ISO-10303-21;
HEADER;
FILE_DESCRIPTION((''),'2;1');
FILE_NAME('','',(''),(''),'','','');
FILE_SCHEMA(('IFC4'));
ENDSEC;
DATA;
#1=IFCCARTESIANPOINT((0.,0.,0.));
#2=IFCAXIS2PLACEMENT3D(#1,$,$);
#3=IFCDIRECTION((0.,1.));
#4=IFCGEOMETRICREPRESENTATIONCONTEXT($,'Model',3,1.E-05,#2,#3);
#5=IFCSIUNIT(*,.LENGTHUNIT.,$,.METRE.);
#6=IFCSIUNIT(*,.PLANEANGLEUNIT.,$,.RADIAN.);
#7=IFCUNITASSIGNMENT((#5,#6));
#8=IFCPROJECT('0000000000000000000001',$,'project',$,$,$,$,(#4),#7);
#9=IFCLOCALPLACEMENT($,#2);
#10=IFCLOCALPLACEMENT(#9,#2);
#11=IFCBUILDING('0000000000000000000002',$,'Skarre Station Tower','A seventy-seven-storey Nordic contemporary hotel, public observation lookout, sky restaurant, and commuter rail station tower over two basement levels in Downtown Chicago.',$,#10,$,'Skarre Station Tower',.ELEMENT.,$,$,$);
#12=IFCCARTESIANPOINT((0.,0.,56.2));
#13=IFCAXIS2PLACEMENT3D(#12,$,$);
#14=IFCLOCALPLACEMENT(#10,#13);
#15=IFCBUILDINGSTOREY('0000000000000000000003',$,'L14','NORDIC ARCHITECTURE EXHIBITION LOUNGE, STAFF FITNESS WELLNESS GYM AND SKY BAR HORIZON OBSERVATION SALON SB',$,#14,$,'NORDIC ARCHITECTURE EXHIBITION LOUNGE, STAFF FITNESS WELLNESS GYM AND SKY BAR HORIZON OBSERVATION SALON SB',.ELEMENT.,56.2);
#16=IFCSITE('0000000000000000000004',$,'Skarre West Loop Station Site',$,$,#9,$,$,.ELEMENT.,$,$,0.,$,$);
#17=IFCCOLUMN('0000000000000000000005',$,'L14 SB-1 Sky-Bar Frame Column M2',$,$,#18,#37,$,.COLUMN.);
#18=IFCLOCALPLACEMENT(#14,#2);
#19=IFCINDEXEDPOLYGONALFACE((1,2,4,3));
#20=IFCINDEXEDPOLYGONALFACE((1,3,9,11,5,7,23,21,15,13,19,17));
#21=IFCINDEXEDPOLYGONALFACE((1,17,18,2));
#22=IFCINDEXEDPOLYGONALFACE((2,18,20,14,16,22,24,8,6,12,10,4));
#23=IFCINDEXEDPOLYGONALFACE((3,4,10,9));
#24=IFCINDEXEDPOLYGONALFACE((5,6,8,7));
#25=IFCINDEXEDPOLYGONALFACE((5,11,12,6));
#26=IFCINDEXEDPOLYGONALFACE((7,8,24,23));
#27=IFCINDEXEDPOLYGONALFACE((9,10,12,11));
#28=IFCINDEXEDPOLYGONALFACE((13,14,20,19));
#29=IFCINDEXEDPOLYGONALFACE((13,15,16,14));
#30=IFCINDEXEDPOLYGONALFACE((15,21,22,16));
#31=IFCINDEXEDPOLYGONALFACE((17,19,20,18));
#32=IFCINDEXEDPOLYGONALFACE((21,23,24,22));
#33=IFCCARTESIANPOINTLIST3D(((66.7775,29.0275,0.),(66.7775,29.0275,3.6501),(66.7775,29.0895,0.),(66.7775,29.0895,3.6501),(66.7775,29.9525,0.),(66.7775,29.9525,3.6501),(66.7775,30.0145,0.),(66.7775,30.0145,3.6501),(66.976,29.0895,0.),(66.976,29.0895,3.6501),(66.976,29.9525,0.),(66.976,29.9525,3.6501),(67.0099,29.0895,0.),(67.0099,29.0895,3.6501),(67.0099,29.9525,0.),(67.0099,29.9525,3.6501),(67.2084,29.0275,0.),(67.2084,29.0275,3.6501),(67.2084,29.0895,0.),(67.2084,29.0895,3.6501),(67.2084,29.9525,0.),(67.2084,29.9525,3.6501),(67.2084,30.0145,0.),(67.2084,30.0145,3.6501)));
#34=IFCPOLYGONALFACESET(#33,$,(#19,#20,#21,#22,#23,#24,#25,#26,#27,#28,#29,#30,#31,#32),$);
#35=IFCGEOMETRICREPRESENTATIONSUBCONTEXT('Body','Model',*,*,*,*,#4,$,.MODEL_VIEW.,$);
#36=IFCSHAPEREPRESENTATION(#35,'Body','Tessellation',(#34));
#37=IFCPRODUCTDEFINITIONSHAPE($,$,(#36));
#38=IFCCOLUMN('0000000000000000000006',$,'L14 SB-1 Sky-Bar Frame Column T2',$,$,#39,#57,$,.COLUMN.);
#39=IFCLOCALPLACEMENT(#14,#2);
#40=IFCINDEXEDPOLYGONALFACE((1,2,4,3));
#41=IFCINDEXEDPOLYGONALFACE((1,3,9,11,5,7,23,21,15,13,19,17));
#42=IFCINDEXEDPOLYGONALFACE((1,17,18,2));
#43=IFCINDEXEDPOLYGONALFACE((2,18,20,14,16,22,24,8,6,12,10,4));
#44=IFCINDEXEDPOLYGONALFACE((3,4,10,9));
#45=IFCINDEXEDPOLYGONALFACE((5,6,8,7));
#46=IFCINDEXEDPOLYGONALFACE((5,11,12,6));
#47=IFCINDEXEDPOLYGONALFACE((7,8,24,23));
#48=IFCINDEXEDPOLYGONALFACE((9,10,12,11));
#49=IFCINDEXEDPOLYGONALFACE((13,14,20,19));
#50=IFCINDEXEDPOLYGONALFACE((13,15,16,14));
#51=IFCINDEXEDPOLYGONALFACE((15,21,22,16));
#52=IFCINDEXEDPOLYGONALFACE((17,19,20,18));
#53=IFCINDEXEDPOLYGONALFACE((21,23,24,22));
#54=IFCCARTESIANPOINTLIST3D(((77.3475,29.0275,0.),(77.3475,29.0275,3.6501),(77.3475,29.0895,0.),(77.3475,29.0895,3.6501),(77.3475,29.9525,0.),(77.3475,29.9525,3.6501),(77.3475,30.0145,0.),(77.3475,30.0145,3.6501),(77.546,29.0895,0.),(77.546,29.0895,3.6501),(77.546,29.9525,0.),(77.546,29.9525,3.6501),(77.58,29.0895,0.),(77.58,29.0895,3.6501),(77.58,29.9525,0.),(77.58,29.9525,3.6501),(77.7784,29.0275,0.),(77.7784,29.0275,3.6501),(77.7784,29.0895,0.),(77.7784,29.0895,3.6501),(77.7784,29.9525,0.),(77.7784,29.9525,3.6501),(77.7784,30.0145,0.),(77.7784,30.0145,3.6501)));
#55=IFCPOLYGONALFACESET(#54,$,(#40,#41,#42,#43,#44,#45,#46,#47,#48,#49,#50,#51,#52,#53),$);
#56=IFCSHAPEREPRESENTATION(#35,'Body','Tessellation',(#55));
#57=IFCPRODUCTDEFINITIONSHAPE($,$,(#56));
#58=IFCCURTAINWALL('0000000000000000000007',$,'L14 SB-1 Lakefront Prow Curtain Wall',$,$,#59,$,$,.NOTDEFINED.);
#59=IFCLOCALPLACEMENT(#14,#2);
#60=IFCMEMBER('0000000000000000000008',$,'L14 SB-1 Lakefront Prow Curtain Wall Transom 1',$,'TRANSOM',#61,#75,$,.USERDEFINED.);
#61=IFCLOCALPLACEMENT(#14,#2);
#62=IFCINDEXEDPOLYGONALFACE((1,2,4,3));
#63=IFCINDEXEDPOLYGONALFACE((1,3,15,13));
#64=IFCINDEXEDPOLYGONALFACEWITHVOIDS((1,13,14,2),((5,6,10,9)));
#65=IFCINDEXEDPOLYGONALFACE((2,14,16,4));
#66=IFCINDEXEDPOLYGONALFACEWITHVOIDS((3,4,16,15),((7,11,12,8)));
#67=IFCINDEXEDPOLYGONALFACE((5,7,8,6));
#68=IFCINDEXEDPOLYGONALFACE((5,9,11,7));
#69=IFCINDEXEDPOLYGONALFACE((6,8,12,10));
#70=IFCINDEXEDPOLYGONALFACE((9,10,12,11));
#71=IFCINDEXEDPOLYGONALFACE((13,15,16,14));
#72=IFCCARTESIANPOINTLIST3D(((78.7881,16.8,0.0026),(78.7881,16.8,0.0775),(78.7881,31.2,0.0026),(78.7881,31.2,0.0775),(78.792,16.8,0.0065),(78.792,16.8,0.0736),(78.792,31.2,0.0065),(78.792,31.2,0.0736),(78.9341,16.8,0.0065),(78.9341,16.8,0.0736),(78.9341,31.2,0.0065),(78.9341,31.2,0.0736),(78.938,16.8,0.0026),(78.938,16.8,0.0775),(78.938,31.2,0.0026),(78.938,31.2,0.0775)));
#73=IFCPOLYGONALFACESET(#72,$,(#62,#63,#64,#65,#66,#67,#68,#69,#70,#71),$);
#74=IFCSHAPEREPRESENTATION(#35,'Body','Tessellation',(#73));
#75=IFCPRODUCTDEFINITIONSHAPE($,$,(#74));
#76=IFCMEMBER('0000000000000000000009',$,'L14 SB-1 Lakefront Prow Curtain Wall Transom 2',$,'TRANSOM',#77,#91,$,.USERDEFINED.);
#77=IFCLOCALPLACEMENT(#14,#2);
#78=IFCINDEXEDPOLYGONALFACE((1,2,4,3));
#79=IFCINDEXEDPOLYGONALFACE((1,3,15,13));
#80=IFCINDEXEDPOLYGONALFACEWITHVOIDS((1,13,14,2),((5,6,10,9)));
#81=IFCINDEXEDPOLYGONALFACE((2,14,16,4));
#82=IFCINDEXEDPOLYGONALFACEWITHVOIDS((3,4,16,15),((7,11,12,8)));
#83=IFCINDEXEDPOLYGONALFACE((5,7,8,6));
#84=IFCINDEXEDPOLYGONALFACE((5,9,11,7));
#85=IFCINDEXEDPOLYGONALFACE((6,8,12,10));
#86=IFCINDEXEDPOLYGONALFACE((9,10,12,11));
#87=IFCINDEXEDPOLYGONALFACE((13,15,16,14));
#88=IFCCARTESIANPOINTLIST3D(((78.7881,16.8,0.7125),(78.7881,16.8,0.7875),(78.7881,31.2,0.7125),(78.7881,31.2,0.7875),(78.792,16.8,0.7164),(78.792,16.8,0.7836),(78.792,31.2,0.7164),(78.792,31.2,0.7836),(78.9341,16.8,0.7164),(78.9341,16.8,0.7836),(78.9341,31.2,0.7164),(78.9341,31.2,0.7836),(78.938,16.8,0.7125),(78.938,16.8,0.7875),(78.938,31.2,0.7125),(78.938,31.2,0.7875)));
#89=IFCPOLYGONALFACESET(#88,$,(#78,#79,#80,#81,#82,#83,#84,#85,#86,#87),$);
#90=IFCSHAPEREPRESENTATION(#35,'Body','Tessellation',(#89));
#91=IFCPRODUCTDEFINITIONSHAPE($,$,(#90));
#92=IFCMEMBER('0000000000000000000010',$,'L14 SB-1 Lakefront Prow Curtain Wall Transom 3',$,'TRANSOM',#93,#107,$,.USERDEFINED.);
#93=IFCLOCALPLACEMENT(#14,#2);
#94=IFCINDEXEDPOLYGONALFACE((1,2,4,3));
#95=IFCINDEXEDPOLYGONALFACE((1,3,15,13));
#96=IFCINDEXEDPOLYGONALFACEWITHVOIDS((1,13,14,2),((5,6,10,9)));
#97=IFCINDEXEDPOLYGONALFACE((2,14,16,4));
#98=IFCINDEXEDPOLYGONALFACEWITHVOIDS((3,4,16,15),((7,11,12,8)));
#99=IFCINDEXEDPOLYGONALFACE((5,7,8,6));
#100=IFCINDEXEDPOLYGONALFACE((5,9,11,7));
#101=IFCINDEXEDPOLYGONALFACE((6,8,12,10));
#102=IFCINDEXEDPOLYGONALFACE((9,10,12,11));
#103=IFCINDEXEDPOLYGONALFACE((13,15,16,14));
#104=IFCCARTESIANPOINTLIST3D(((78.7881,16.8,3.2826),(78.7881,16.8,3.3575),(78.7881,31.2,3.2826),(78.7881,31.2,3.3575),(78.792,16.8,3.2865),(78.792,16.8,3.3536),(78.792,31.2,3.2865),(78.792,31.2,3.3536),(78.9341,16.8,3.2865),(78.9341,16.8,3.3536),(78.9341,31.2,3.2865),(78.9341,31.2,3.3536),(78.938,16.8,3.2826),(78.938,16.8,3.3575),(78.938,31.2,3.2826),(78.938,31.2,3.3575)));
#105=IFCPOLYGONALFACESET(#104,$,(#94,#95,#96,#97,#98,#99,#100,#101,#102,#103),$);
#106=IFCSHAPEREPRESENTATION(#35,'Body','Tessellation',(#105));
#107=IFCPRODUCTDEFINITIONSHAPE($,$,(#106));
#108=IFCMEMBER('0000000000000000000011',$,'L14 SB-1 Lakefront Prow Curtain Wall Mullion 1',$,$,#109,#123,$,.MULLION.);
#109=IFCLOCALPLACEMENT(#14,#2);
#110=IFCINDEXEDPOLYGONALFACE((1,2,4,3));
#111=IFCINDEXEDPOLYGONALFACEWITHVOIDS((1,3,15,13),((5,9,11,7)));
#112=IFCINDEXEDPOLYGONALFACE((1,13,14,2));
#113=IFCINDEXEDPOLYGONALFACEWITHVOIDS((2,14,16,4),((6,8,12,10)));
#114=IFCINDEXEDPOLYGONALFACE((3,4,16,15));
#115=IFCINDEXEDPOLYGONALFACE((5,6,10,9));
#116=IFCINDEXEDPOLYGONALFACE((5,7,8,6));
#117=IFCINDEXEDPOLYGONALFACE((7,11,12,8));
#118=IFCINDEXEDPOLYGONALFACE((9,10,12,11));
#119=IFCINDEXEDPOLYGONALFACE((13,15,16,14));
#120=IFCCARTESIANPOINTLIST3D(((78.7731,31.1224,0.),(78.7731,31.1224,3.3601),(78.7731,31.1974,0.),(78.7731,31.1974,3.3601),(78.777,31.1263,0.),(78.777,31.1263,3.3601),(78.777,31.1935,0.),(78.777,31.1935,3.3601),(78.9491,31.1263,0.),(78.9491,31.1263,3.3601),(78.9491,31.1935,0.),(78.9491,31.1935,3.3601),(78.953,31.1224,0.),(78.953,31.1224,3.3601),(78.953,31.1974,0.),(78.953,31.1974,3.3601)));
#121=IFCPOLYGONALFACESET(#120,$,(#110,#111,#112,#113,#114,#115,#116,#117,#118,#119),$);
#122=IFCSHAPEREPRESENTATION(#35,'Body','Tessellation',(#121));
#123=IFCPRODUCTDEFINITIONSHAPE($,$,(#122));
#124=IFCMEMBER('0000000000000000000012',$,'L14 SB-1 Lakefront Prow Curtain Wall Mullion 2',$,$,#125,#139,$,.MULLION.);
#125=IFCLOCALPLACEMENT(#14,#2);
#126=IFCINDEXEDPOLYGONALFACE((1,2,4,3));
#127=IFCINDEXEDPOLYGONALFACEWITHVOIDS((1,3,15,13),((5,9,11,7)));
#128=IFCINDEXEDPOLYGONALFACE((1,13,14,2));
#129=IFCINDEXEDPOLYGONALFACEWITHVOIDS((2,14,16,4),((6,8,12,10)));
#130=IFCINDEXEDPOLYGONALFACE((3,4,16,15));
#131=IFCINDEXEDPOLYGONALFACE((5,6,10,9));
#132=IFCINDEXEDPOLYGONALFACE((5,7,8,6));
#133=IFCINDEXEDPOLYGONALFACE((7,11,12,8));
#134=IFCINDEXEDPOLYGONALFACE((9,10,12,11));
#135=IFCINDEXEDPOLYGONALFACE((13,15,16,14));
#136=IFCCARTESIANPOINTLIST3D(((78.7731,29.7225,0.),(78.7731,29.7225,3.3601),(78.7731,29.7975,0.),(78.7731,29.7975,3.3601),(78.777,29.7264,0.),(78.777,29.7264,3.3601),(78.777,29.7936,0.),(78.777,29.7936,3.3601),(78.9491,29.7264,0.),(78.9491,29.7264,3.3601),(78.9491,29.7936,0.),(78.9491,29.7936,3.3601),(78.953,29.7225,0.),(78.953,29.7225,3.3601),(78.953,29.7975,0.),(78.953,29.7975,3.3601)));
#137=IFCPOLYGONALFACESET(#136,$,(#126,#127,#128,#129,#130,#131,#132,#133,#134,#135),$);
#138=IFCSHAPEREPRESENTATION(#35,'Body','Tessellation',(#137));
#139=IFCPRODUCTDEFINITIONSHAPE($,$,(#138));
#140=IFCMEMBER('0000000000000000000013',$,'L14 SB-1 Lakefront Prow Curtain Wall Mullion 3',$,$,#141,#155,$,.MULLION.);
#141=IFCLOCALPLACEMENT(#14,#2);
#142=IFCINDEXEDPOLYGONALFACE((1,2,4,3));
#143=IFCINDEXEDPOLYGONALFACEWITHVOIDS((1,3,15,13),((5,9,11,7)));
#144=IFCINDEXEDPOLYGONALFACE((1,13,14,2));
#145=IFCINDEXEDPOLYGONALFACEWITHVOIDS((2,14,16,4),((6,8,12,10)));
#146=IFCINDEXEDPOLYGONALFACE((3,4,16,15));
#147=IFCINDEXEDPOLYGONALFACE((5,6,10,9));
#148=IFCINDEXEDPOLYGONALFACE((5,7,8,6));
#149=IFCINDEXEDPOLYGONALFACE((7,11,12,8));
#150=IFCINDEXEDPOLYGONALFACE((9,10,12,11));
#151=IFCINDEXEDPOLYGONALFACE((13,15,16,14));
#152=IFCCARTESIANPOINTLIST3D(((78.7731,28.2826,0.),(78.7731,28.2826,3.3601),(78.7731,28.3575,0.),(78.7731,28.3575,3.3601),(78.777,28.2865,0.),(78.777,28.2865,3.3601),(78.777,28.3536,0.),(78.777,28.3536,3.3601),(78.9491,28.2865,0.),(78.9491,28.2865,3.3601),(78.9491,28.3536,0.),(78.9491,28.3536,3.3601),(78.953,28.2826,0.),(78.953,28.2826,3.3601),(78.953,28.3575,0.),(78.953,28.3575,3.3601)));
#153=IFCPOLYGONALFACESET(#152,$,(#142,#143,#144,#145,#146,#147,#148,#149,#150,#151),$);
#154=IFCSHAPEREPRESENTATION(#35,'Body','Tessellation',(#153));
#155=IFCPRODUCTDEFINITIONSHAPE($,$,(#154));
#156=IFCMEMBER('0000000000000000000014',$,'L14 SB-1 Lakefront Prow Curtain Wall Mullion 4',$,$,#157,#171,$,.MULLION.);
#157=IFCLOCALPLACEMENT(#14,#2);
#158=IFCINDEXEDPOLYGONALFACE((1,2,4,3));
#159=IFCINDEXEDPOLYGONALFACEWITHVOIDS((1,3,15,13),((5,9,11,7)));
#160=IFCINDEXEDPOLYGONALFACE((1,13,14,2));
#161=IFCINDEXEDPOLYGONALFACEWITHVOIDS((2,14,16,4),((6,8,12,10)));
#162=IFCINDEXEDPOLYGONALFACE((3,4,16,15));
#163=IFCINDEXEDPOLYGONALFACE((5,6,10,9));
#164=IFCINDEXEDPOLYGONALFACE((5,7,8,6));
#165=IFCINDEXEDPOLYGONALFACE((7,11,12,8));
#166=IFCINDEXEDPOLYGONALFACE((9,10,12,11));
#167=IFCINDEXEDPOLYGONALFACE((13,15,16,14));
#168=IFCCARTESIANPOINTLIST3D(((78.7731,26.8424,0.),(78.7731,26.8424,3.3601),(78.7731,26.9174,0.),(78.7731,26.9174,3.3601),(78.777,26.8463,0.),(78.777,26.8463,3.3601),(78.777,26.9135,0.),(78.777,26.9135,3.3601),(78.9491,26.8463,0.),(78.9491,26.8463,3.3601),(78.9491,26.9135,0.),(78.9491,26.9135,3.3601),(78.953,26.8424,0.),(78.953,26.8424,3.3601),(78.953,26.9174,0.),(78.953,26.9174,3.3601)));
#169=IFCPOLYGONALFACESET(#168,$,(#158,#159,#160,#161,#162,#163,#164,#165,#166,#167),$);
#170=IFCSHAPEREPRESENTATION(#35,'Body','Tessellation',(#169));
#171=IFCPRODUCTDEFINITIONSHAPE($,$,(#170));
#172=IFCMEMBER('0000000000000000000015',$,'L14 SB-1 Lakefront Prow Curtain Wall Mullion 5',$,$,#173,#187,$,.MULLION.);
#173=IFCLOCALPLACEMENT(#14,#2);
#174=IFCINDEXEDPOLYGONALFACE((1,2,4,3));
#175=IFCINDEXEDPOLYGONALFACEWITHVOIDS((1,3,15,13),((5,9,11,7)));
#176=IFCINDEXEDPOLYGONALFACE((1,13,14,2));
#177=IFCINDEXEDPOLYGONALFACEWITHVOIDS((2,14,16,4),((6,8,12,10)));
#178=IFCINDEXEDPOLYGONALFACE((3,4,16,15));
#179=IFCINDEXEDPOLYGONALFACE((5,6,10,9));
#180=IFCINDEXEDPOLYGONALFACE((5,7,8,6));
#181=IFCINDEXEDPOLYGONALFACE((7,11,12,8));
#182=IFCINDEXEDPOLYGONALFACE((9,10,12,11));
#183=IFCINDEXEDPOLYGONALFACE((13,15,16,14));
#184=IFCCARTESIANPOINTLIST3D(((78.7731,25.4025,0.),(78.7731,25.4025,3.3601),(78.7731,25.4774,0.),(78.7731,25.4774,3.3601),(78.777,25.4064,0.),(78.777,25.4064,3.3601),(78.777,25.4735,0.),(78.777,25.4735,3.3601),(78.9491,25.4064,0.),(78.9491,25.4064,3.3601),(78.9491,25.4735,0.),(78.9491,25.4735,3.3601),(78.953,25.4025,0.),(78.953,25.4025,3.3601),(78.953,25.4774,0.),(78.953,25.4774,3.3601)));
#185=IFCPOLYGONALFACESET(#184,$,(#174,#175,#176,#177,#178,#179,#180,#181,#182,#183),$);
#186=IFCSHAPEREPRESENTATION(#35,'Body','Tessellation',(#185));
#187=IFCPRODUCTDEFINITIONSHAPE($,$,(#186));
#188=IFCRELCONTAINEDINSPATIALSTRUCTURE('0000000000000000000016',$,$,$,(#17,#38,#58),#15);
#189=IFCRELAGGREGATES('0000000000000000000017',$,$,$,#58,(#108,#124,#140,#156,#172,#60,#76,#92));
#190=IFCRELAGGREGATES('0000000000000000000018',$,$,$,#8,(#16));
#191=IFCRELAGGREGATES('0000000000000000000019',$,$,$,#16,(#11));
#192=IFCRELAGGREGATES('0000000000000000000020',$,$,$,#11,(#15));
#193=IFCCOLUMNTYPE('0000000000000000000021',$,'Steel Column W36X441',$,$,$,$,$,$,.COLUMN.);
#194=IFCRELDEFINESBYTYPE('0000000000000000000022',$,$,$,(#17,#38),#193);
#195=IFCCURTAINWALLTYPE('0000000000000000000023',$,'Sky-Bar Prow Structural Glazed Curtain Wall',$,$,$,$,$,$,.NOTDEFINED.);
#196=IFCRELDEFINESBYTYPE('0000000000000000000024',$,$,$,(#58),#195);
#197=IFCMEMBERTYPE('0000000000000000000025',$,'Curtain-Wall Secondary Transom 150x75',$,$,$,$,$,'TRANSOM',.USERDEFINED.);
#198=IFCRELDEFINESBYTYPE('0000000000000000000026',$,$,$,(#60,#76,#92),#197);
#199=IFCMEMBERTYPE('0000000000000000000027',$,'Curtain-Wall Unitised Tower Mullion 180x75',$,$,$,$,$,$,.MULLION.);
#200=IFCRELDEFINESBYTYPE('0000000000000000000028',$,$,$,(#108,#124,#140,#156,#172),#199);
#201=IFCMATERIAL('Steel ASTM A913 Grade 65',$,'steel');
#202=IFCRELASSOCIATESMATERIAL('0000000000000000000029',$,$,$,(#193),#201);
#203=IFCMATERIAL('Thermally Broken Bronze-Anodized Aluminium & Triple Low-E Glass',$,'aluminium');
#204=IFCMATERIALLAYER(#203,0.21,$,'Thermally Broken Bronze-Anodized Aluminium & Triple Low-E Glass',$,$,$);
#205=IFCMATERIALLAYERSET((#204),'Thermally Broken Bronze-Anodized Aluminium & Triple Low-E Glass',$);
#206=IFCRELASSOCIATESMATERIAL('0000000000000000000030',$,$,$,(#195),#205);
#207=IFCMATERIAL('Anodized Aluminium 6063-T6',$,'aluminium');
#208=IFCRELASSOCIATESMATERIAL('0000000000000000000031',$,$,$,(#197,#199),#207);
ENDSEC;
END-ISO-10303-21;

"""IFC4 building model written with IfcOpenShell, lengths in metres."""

from ifc_helpers import new_model, si_unit, direction, frame, origin, origin_2d, place, context, subcontext, project, spatial, hollow_rectangle, i_section, extrude, material, layer, layer_set, material_profile, profile_set, type_object, element, aggregate, save


model = new_model("IFC4")

# Units and contexts
model_context = context("Model", 3, precision=1e-05, world=origin(), true_north=direction((0.0, 1.0)))
body_context = subcontext(model_context, "Body", "Model", "MODEL_VIEW")
ifc_project = project(units=[si_unit("LENGTHUNIT", "METRE"), si_unit("PLANEANGLEUNIT", "RADIAN")], contexts=[model_context])

# Site, building, storey
site_placement = place(None, origin())
site = spatial("IfcSite", under=ifc_project, at=site_placement, Name="Skarre West Loop Station Site", CompositionType="ELEMENT", RefElevation=0.0)
building_placement = place(site_placement, origin())
building = spatial("IfcBuilding", under=site, at=building_placement, Name="Skarre Station Tower", Description="A seventy-seven-storey Nordic contemporary hotel, public observation lookout, sky restaurant, and commuter rail station tower over two basement levels in Downtown Chicago.", LongName="Skarre Station Tower", CompositionType="ELEMENT")
storey_placement = place(building_placement, frame((0.0, 0.0, 56.2)))
storey = spatial("IfcBuildingStorey", under=building, at=storey_placement, Name="L14", Description="NORDIC ARCHITECTURE EXHIBITION LOUNGE, STAFF FITNESS WELLNESS GYM AND SKY BAR HORIZON OBSERVATION SALON SB", LongName="NORDIC ARCHITECTURE EXHIBITION LOUNGE, STAFF FITNESS WELLNESS GYM AND SKY BAR HORIZON OBSERVATION SALON SB", CompositionType="ELEMENT", Elevation=56.2)

# Columns
ifc_material_1 = material(Name="Steel ASTM A913 Grade 65", Category="steel")
ifc_material_profile_1 = material_profile(ifc_material_1, i_section(OverallWidth=0.4309, OverallDepth=0.9871, WebThickness=0.0339, FlangeThickness=0.062, at=origin_2d()), Name="Steel ASTM A913 Grade 65")
ifc_profile_set_1 = profile_set([ifc_material_profile_1], Name="Steel ASTM A913 Grade 65")
column_type = type_object("IfcColumnType", Name="Steel Column W36X441", PredefinedType="COLUMN", material=ifc_profile_set_1)
for number, where, z_axis, x_axis, name in (
    (1, (66.9929, 29.521, 0.0), (0.0, 0.0, 1.0), (1.0, 0.0, 0.0), "L14 SB-1 Sky-Bar Frame Column M2"),
    (2, (77.563, 29.521, 0.0), (0.0, 0.0, 1.0), (1.0, 0.0, 0.0), "L14 SB-1 Sky-Bar Frame Column T2"),
):
    element("IfcColumn", number, at=place(storey_placement, frame(where, z_axis=z_axis, x_axis=x_axis)), inside=storey, type_object=column_type, Name=name, PredefinedType="COLUMN", context=body_context, shape_type="SweptSolid", body=[
        extrude(i_section(OverallWidth=0.4309, OverallDepth=0.9871, WebThickness=0.0339, FlangeThickness=0.062, at=origin_2d()), origin(), (0.0, 0.0, 1.0), 3.6501),
    ])

# Curtain wall, members
ifc_material_2 = material(Name="Thermally Broken Bronze-Anodized Aluminium & Triple Low-E Glass", Category="aluminium")
ifc_layer_1 = layer(ifc_material_2, 0.21, Name="Thermally Broken Bronze-Anodized Aluminium & Triple Low-E Glass")
ifc_layer_set_1 = layer_set([ifc_layer_1], Name="Thermally Broken Bronze-Anodized Aluminium & Triple Low-E Glass")
curtain_wall_type = type_object("IfcCurtainWallType", Name="Sky-Bar Prow Structural Glazed Curtain Wall", PredefinedType="NOTDEFINED", material=ifc_layer_set_1)
curtain_wall_placement = place(storey_placement, origin())
curtain_wall = element("IfcCurtainWall", 3, at=curtain_wall_placement, inside=storey, type_object=curtain_wall_type, Name="L14 SB-1 Lakefront Prow Curtain Wall", PredefinedType="NOTDEFINED")
ifc_material_3 = material(Name="Anodized Aluminium 6063-T6", Category="aluminium")
ifc_material_profile_2 = material_profile(ifc_material_3, hollow_rectangle(XDim=0.075, YDim=0.1499, WallThickness=0.0039, at=origin_2d()), Name="Anodized Aluminium 6063-T6")
ifc_profile_set_2 = profile_set([ifc_material_profile_2], Name="Anodized Aluminium 6063-T6")
member_type_1 = type_object("IfcMemberType", Name="Curtain-Wall Secondary Transom 150x75", ElementType="TRANSOM", PredefinedType="USERDEFINED", material=ifc_profile_set_2)
member_1_placement = place(storey_placement, frame((78.863, 31.2, 0.04), z_axis=(0.0, -1.0, 0.0), x_axis=(0.0, 0.0, 1.0)))
member_1 = element("IfcMember", 4, at=member_1_placement, type_object=member_type_1, Name="L14 SB-1 Lakefront Prow Curtain Wall Transom 1", ObjectType="TRANSOM", PredefinedType="USERDEFINED", context=body_context, shape_type="SweptSolid", body=[
    extrude(hollow_rectangle(XDim=0.075, YDim=0.1499, WallThickness=0.0039, at=origin_2d()), origin(), (0.0, 0.0, 1.0), 14.3999),
])
member_2_placement = place(storey_placement, frame((78.863, 31.2, 0.75), z_axis=(0.0, -1.0, 0.0), x_axis=(0.0, 0.0, 1.0)))
member_2 = element("IfcMember", 5, at=member_2_placement, type_object=member_type_1, Name="L14 SB-1 Lakefront Prow Curtain Wall Transom 2", ObjectType="TRANSOM", PredefinedType="USERDEFINED", context=body_context, shape_type="SweptSolid", body=[
    extrude(hollow_rectangle(XDim=0.075, YDim=0.1499, WallThickness=0.0039, at=origin_2d()), origin(), (0.0, 0.0, 1.0), 14.3999),
])
member_3_placement = place(storey_placement, frame((78.863, 31.2, 3.3201), z_axis=(0.0, -1.0, 0.0), x_axis=(0.0, 0.0, 1.0)))
member_3 = element("IfcMember", 6, at=member_3_placement, type_object=member_type_1, Name="L14 SB-1 Lakefront Prow Curtain Wall Transom 3", ObjectType="TRANSOM", PredefinedType="USERDEFINED", context=body_context, shape_type="SweptSolid", body=[
    extrude(hollow_rectangle(XDim=0.075, YDim=0.1499, WallThickness=0.0039, at=origin_2d()), origin(), (0.0, 0.0, 1.0), 14.3999),
])
ifc_material_profile_3 = material_profile(ifc_material_3, hollow_rectangle(XDim=0.075, YDim=0.1799, WallThickness=0.0039, at=origin_2d()), Name="Anodized Aluminium 6063-T6")
ifc_profile_set_3 = profile_set([ifc_material_profile_3], Name="Anodized Aluminium 6063-T6")
member_type_2 = type_object("IfcMemberType", Name="Curtain-Wall Unitised Tower Mullion 180x75", PredefinedType="MULLION", material=ifc_profile_set_3)
member_4_placement = place(storey_placement, frame((78.863, 31.1599, 0.0), z_axis=(0.0, 0.0, 1.0), x_axis=(0.0, -1.0, 0.0)))
member_4 = element("IfcMember", 7, at=member_4_placement, type_object=member_type_2, Name="L14 SB-1 Lakefront Prow Curtain Wall Mullion 1", PredefinedType="MULLION", context=body_context, shape_type="SweptSolid", body=[
    extrude(hollow_rectangle(XDim=0.075, YDim=0.1799, WallThickness=0.0039, at=origin_2d()), origin(), (0.0, 0.0, 1.0), 3.3601),
])
member_5_placement = place(storey_placement, frame((78.863, 29.76, 0.0), z_axis=(0.0, 0.0, 1.0), x_axis=(0.0, -1.0, 0.0)))
member_5 = element("IfcMember", 8, at=member_5_placement, type_object=member_type_2, Name="L14 SB-1 Lakefront Prow Curtain Wall Mullion 2", PredefinedType="MULLION", context=body_context, shape_type="SweptSolid", body=[
    extrude(hollow_rectangle(XDim=0.075, YDim=0.1799, WallThickness=0.0039, at=origin_2d()), origin(), (0.0, 0.0, 1.0), 3.3601),
])
member_6_placement = place(storey_placement, frame((78.863, 28.3201, 0.0), z_axis=(0.0, 0.0, 1.0), x_axis=(0.0, -1.0, 0.0)))
member_6 = element("IfcMember", 9, at=member_6_placement, type_object=member_type_2, Name="L14 SB-1 Lakefront Prow Curtain Wall Mullion 3", PredefinedType="MULLION", context=body_context, shape_type="SweptSolid", body=[
    extrude(hollow_rectangle(XDim=0.075, YDim=0.1799, WallThickness=0.0039, at=origin_2d()), origin(), (0.0, 0.0, 1.0), 3.3601),
])
member_7_placement = place(storey_placement, frame((78.863, 26.8799, 0.0), z_axis=(0.0, 0.0, 1.0), x_axis=(0.0, -1.0, 0.0)))
member_7 = element("IfcMember", 10, at=member_7_placement, type_object=member_type_2, Name="L14 SB-1 Lakefront Prow Curtain Wall Mullion 4", PredefinedType="MULLION", context=body_context, shape_type="SweptSolid", body=[
    extrude(hollow_rectangle(XDim=0.075, YDim=0.1799, WallThickness=0.0039, at=origin_2d()), origin(), (0.0, 0.0, 1.0), 3.3601),
])
member_8_placement = place(storey_placement, frame((78.863, 25.4399, 0.0), z_axis=(0.0, 0.0, 1.0), x_axis=(0.0, -1.0, 0.0)))
member_8 = element("IfcMember", 11, at=member_8_placement, type_object=member_type_2, Name="L14 SB-1 Lakefront Prow Curtain Wall Mullion 5", PredefinedType="MULLION", context=body_context, shape_type="SweptSolid", body=[
    extrude(hollow_rectangle(XDim=0.075, YDim=0.1799, WallThickness=0.0039, at=origin_2d()), origin(), (0.0, 0.0, 1.0), 3.3601),
])

aggregate(curtain_wall, [member_4, member_5, member_6, member_7, member_8, member_1, member_2, member_3])

save(model, "model.ifc")
